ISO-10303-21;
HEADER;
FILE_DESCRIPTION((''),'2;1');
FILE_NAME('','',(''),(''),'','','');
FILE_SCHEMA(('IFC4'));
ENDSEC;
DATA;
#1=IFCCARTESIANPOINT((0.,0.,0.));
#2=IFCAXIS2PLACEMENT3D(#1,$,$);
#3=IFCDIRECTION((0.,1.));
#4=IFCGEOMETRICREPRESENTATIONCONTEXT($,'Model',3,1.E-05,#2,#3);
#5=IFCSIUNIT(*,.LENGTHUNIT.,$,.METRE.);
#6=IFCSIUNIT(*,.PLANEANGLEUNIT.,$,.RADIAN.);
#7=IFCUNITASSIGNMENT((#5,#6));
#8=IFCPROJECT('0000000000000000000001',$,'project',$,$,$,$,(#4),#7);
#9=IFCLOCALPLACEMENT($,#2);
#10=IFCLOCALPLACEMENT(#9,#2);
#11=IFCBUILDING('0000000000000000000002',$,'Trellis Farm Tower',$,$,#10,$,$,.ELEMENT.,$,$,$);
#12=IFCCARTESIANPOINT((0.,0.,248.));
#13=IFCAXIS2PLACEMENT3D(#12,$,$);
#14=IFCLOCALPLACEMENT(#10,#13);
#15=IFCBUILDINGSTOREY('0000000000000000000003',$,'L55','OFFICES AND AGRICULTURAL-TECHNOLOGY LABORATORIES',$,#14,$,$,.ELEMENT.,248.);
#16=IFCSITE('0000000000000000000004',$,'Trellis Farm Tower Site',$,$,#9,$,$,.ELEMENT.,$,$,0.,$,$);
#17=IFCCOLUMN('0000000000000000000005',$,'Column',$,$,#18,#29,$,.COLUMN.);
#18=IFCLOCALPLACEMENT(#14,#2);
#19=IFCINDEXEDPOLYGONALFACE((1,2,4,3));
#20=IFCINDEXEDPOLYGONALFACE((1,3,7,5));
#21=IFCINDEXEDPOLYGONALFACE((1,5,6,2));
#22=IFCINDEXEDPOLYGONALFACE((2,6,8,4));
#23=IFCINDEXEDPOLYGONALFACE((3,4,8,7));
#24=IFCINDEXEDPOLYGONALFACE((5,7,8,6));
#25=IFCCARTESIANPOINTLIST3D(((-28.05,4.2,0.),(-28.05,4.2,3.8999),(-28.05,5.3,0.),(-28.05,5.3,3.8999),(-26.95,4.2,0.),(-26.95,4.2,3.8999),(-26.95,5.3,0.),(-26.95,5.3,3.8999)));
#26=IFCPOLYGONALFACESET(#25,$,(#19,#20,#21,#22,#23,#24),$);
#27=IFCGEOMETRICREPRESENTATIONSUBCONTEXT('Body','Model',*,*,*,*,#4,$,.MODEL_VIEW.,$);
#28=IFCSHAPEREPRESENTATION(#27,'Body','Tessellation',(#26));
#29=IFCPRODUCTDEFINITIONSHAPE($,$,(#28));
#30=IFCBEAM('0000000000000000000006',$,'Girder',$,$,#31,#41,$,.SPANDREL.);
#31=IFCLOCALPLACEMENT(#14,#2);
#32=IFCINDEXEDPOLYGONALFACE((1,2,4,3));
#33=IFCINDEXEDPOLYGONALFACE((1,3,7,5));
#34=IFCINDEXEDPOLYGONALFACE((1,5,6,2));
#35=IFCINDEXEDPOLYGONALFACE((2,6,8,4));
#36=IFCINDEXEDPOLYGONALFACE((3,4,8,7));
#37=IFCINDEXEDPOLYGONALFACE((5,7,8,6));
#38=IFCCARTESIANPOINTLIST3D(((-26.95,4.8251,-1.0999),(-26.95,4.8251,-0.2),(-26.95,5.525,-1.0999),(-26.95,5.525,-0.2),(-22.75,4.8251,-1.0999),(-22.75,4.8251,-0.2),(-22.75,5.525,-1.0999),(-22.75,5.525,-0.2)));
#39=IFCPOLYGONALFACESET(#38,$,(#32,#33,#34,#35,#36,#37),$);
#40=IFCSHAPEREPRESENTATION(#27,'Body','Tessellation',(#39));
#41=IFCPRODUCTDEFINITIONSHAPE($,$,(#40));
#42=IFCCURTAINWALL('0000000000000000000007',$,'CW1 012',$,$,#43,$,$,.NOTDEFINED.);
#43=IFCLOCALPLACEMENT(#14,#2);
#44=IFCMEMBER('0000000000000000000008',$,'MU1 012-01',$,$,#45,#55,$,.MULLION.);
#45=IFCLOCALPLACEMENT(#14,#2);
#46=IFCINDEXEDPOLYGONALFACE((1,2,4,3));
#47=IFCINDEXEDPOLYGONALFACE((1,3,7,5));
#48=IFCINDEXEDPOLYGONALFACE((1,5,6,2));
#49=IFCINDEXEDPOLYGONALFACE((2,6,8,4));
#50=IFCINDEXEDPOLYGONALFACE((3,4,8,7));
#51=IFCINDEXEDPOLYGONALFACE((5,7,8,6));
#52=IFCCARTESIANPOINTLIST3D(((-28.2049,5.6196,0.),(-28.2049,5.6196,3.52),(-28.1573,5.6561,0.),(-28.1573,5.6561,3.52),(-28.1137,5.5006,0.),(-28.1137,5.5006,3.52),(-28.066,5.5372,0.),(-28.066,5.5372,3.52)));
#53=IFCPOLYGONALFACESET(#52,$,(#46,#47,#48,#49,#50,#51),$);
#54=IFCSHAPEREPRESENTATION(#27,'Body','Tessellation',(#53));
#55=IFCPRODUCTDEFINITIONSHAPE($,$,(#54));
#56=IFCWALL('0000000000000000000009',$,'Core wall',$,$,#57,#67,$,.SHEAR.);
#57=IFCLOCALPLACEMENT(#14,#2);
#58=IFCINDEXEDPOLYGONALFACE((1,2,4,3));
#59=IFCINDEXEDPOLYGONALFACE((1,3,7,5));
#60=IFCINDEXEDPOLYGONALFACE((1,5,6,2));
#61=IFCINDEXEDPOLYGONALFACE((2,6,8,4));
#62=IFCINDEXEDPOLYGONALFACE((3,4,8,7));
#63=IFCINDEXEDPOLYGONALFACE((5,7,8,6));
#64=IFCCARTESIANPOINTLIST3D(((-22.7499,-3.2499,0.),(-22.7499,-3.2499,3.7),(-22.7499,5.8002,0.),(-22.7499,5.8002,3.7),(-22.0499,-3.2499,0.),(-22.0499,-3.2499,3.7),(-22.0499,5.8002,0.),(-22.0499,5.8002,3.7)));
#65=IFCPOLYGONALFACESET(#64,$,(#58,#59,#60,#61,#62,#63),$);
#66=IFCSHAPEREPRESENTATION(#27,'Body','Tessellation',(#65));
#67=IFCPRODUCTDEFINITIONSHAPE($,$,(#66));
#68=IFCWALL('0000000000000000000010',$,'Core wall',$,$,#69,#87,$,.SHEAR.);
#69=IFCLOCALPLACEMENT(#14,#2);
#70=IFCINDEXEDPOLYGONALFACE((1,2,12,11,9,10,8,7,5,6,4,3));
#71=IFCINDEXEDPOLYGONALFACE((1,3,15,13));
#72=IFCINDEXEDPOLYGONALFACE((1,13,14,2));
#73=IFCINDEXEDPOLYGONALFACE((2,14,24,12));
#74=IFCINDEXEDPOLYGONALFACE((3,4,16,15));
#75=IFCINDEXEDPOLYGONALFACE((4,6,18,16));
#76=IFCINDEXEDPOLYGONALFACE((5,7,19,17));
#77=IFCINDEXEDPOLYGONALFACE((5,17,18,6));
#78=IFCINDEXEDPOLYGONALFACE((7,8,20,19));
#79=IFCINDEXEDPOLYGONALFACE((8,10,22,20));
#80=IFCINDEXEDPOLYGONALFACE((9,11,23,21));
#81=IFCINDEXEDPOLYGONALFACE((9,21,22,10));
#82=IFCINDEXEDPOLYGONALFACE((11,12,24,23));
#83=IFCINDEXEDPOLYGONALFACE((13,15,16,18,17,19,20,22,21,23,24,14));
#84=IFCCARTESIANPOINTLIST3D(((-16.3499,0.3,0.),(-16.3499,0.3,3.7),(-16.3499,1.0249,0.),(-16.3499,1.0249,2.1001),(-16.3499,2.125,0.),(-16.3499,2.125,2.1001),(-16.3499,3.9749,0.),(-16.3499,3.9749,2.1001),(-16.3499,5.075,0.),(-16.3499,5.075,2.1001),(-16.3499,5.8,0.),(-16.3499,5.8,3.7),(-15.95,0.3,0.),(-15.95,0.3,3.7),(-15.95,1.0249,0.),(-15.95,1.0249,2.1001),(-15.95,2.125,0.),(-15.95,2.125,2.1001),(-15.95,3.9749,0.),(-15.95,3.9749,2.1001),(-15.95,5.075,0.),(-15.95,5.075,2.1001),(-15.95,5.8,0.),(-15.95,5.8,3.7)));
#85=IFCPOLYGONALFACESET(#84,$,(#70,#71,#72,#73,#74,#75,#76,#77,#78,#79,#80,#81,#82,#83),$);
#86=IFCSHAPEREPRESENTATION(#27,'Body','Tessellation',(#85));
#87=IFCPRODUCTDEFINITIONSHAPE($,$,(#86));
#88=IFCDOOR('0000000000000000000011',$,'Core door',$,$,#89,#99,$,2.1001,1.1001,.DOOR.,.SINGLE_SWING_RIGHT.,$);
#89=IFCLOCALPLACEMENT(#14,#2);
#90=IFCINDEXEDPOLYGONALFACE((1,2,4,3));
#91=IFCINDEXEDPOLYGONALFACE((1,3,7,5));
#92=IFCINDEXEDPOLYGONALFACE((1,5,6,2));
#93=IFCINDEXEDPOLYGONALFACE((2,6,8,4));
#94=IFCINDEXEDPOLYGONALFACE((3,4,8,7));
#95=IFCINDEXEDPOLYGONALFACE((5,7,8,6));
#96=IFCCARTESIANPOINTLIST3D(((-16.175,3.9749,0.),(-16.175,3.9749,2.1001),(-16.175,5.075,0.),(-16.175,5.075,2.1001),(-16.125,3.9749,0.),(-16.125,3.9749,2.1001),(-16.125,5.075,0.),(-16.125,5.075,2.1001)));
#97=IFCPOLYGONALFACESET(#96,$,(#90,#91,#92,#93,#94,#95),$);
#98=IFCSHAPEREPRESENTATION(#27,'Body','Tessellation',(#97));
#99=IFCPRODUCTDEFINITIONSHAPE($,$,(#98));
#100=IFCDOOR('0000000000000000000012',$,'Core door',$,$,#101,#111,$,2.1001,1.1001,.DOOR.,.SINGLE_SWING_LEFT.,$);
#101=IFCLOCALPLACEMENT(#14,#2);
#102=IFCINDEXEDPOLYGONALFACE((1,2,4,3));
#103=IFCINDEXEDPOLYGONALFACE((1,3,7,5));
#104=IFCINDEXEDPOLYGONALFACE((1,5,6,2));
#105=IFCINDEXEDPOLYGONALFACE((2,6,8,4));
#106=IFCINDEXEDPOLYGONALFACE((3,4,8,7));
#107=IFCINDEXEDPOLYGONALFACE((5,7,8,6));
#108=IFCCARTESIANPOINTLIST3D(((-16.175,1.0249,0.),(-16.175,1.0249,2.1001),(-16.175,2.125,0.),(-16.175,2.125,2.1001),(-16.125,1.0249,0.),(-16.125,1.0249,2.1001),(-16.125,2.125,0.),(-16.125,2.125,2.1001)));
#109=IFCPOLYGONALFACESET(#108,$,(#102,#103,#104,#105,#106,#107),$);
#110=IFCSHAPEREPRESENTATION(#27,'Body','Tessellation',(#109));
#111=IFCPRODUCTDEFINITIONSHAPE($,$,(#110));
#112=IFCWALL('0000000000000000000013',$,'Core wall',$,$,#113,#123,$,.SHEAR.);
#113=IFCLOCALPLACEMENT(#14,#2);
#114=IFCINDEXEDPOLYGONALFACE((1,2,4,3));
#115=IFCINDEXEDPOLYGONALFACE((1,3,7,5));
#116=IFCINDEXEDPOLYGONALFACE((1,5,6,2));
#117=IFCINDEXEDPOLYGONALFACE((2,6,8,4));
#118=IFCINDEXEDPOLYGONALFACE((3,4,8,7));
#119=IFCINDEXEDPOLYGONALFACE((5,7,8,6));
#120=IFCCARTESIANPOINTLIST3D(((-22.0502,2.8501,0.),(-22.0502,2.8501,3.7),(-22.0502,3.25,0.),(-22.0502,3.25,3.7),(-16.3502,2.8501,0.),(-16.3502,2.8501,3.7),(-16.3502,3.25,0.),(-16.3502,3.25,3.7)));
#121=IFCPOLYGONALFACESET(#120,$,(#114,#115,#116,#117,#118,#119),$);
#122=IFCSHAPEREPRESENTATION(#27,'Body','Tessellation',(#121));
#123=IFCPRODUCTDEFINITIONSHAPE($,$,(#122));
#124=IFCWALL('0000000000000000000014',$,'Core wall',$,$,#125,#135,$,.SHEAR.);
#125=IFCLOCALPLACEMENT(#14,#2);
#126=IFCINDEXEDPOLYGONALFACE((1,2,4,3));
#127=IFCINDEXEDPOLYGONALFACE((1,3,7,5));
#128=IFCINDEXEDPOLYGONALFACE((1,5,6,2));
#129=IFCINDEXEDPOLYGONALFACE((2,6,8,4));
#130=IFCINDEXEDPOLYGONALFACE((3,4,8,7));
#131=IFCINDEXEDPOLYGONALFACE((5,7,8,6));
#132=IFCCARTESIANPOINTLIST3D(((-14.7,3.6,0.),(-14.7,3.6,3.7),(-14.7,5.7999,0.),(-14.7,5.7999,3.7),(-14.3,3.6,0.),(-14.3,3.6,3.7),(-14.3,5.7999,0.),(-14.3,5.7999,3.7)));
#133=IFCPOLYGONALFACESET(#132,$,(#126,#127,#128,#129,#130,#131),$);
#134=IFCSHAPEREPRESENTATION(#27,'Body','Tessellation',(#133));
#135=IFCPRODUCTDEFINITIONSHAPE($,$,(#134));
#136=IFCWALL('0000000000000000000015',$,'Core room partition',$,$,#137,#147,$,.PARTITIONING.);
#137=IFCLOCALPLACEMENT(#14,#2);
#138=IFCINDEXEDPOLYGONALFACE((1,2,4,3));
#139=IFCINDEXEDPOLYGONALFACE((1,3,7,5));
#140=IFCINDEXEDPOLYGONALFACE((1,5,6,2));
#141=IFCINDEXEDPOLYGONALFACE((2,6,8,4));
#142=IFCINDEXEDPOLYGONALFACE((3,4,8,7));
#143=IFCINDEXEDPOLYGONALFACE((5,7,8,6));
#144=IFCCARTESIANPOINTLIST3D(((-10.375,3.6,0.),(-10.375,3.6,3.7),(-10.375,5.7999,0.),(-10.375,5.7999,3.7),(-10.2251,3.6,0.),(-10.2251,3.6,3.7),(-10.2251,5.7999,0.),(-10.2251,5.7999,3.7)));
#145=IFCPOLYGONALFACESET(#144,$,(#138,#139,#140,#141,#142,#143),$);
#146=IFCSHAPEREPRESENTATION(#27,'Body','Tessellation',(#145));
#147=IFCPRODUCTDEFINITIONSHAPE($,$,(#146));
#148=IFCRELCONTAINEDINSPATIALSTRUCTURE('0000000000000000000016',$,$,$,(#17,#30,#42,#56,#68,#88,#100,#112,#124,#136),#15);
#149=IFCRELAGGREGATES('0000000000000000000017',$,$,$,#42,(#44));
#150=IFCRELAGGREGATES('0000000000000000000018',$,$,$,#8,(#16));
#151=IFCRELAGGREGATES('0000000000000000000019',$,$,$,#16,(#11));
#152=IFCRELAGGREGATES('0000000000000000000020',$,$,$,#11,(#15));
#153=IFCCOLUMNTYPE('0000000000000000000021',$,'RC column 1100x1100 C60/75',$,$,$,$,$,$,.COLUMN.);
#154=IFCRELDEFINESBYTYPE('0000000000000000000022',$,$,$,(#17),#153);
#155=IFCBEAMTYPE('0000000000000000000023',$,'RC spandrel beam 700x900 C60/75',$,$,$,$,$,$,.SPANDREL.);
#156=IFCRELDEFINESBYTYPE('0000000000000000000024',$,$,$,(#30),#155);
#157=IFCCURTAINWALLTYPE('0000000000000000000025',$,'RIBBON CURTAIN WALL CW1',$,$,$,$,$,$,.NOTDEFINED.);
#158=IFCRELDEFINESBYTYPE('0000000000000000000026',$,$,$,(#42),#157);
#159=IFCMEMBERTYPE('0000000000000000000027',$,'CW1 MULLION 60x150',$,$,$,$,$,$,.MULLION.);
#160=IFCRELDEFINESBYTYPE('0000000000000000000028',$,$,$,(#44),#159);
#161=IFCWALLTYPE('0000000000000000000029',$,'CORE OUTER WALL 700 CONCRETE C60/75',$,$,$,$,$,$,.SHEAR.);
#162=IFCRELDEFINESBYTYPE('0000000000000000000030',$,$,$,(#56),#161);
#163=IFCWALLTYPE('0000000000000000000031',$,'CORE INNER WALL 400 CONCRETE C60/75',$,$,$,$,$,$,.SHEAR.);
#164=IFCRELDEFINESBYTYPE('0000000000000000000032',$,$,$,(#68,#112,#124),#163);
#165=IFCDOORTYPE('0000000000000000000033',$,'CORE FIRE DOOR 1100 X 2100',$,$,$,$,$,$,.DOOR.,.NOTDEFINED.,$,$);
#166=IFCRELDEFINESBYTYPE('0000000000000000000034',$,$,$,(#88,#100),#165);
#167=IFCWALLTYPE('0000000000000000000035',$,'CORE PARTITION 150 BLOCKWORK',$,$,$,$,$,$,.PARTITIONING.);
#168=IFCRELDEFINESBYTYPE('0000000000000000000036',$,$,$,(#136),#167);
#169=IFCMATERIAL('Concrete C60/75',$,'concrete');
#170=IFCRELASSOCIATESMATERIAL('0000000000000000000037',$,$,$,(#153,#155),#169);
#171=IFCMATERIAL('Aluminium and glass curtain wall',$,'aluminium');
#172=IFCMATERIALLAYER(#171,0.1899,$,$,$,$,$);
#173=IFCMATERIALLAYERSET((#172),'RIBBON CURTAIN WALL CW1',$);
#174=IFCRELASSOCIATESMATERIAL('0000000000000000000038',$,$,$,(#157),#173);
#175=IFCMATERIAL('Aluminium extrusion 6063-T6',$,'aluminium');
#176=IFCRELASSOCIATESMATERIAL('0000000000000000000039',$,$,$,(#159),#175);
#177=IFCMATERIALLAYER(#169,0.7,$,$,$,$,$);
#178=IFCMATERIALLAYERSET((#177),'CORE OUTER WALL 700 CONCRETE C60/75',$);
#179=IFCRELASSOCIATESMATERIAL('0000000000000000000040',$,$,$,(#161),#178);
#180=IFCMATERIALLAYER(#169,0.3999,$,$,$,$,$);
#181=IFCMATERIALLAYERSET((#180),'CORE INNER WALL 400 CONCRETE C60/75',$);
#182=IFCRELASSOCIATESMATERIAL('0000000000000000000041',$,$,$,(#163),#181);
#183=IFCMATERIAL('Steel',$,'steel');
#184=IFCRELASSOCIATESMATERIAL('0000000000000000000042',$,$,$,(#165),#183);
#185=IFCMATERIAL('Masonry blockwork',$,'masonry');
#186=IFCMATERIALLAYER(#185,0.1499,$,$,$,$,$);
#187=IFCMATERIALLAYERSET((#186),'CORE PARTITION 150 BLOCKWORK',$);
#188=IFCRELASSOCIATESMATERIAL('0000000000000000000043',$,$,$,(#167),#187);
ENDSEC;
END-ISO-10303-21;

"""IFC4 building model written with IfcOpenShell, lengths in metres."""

from ifc_helpers import new_model, si_unit, direction, frame, frame_2d, origin, origin_2d, place, context, subcontext, project, spatial, rectangle, extrude, source, transform, mapped, material, layer, layer_set, material_profile, profile_set, type_object, element, fill, aggregate, save


model = new_model("IFC4")

# Units and contexts
model_context = context("Model", 3, precision=1e-05, world=origin(), true_north=direction((0.0, 1.0)))
body_context = subcontext(model_context, "Body", "Model", "MODEL_VIEW")
ifc_project = project(units=[si_unit("LENGTHUNIT", "METRE"), si_unit("PLANEANGLEUNIT", "RADIAN")], contexts=[model_context])

# Site, building, storey
site_placement = place(None, origin())
site = spatial("IfcSite", under=ifc_project, at=site_placement, Name="Trellis Farm Tower Site", CompositionType="ELEMENT", RefElevation=0.0)
building_placement = place(site_placement, origin())
building = spatial("IfcBuilding", under=site, at=building_placement, Name="Trellis Farm Tower", CompositionType="ELEMENT")
storey_placement = place(building_placement, frame((0.0, 0.0, 248.0)))
storey = spatial("IfcBuildingStorey", under=building, at=storey_placement, Name="L55", Description="OFFICES AND AGRICULTURAL-TECHNOLOGY LABORATORIES", CompositionType="ELEMENT", Elevation=248.0)

# Column
ifc_material_1 = material(Name="Concrete C60/75", Category="concrete")
ifc_material_profile_1 = material_profile(ifc_material_1, rectangle(XDim=1.1001, YDim=1.1001, at=origin_2d()), Name="RC column 1100x1100 C60/75")
ifc_profile_set_1 = profile_set([ifc_material_profile_1], Name="Concrete C60/75")
column_type = type_object("IfcColumnType", Name="RC column 1100x1100 C60/75", PredefinedType="COLUMN", material=ifc_profile_set_1)
shared_shape_1 = source(origin(), body_context, "Body", "SweptSolid", [
    extrude(rectangle(XDim=1.1001, YDim=1.1001, at=origin_2d()), origin(), (0.0, 0.0, 1.0), 3.8999),
])
column_placement = place(storey_placement, frame((-27.5, 4.75, 0.0), z_axis=(0.0, 0.0, 1.0), x_axis=(1.0, 0.0, 0.0)))
element("IfcColumn", 1, at=column_placement, inside=storey, type_object=column_type, Name="Column", PredefinedType="COLUMN", context=body_context, shape_type="MappedRepresentation", body=[
    mapped(shared_shape_1, transform((0.0, 0.0, 0.0))),
])

# Beam
ifc_material_profile_2 = material_profile(ifc_material_1, rectangle(XDim=0.7, YDim=0.8999, at=origin_2d()), Name="RC spandrel beam 700x900 C60/75")
ifc_profile_set_2 = profile_set([ifc_material_profile_2], Name="Concrete C60/75")
beam_type = type_object("IfcBeamType", Name="RC spandrel beam 700x900 C60/75", PredefinedType="SPANDREL", material=ifc_profile_set_2)
shared_shape_2 = source(origin(), body_context, "Body", "SweptSolid", [
    extrude(rectangle(XDim=0.7, YDim=0.8999, at=origin_2d()), origin(), (0.0, 0.0, 1.0), 4.2),
])
beam_placement = place(storey_placement, frame((-26.95, 5.175, -0.6499), z_axis=(1.0, 0.0, 0.0), x_axis=(0.0, 1.0, 0.0)))
element("IfcBeam", 2, at=beam_placement, inside=storey, type_object=beam_type, Name="Girder", PredefinedType="SPANDREL", context=body_context, shape_type="MappedRepresentation", body=[
    mapped(shared_shape_2, transform((0.0, 0.0, 0.0))),
])

# Curtain wall, member
ifc_material_2 = material(Name="Aluminium and glass curtain wall", Category="aluminium")
ifc_layer_1 = layer(ifc_material_2, 0.1899)
ifc_layer_set_1 = layer_set([ifc_layer_1], Name="RIBBON CURTAIN WALL CW1")
curtain_wall_type = type_object("IfcCurtainWallType", Name="RIBBON CURTAIN WALL CW1", PredefinedType="NOTDEFINED", material=ifc_layer_set_1)
placement = place(storey_placement, origin())
curtain_wall = element("IfcCurtainWall", 3, at=placement, inside=storey, type_object=curtain_wall_type, Name="CW1 012", PredefinedType="NOTDEFINED")
ifc_material_3 = material(Name="Aluminium extrusion 6063-T6", Category="aluminium")
ifc_material_profile_3 = material_profile(ifc_material_3, rectangle(XDim=0.0601, YDim=0.1499, at=origin_2d()), Name="MULLION 60x150")
ifc_profile_set_3 = profile_set([ifc_material_profile_3], Name="Aluminium extrusion 6063-T6")
member_type = type_object("IfcMemberType", Name="CW1 MULLION 60x150", PredefinedType="MULLION", material=ifc_profile_set_3)
shared_shape_3 = source(origin(), body_context, "Body", "SweptSolid", [
    extrude(rectangle(XDim=0.0601, YDim=0.1499, at=origin_2d()), origin(), (0.0, 0.0, 1.0), 3.52),
])
member_placement = place(storey_placement, frame((-28.1355, 5.5784, 0.0), z_axis=(0.0, 0.0, 1.0), x_axis=(-0.793353, -0.608761, 0.0)))
member = element("IfcMember", 4, at=member_placement, type_object=member_type, Name="MU1 012-01", PredefinedType="MULLION", context=body_context, shape_type="MappedRepresentation", body=[
    mapped(shared_shape_3, transform((0.0, 0.0, 0.0))),
])
aggregate(curtain_wall, [member])

# Wall
ifc_layer_2 = layer(ifc_material_1, 0.7)
ifc_layer_set_2 = layer_set([ifc_layer_2], Name="CORE OUTER WALL 700 CONCRETE C60/75")
wall_type_1 = type_object("IfcWallType", Name="CORE OUTER WALL 700 CONCRETE C60/75", PredefinedType="SHEAR", material=ifc_layer_set_2)
shared_shape_4 = source(origin(), body_context, "Body", "SweptSolid", [
    extrude(rectangle(XDim=9.05, YDim=0.7, at=frame_2d((4.5249, 0.0))), origin(), (0.0, 0.0, 1.0), 3.7),
])
wall_1_placement = place(storey_placement, frame((-22.3999, 5.8, 0.0), z_axis=(0.0, 0.0, 1.0), x_axis=(0.0, -1.0, 0.0)))
element("IfcWall", 5, at=wall_1_placement, inside=storey, type_object=wall_type_1, Name="Core wall", PredefinedType="SHEAR", context=body_context, shape_type="MappedRepresentation", body=[
    mapped(shared_shape_4, transform((0.0, 0.0, 0.0))),
])

# Wall, openings, doors
ifc_layer_3 = layer(ifc_material_1, 0.3999)
ifc_layer_set_3 = layer_set([ifc_layer_3], Name="CORE INNER WALL 400 CONCRETE C60/75")
wall_type_2 = type_object("IfcWallType", Name="CORE INNER WALL 400 CONCRETE C60/75", PredefinedType="SHEAR", material=ifc_layer_set_3)
shared_shape_5 = source(origin(), body_context, "Body", "SweptSolid", [
    extrude(rectangle(XDim=5.5, YDim=0.3999, at=frame_2d((2.75, 0.0))), origin(), (0.0, 0.0, 1.0), 3.7),
])
wall_2_placement = place(storey_placement, frame((-16.1499, 5.8, 0.0), z_axis=(0.0, 0.0, 1.0), x_axis=(0.0, -1.0, 0.0)))
wall_2 = element("IfcWall", 6, at=wall_2_placement, inside=storey, type_object=wall_type_2, Name="Core wall", PredefinedType="SHEAR", context=body_context, shape_type="MappedRepresentation", body=[
    mapped(shared_shape_5, transform((0.0, 0.0, 0.0))),
])
shared_shape_6 = source(origin(), body_context, "Body", "SweptSolid", [
    extrude(rectangle(XDim=1.1001, YDim=2.1001, at=frame_2d((0.55, 1.05))), frame((0.0, 0.21, 0.0), z_axis=(0.0, -1.0, 0.0), x_axis=(1.0, 0.0, 0.0)), (0.0, 0.0, 1.0), 0.4199),
])
opening_1_placement = place(wall_2_placement, frame((0.7251, 0.0, 0.0)))
opening_1 = element("IfcOpeningElement", 7, at=opening_1_placement, cuts=wall_2, PredefinedType="OPENING", context=body_context, shape_type="MappedRepresentation", body=[
    mapped(shared_shape_6, transform((0.0, 0.0, 0.0))),
])
opening_2_placement = place(wall_2_placement, frame((3.675, 0.0, 0.0)))
opening_2 = element("IfcOpeningElement", 8, at=opening_2_placement, cuts=wall_2, PredefinedType="OPENING", context=body_context, shape_type="MappedRepresentation", body=[
    mapped(shared_shape_6, transform((0.0, 0.0, 0.0))),
])
ifc_material_4 = material(Name="Steel", Category="steel")
door_type = type_object("IfcDoorType", Name="CORE FIRE DOOR 1100 X 2100", OperationType="NOTDEFINED", PredefinedType="DOOR", material=ifc_material_4)
shared_shape_7 = source(origin(), body_context, "Body", "SweptSolid", [
    extrude(rectangle(XDim=1.1001, YDim=2.1001, at=frame_2d((0.55, 1.05))), frame((0.0, 0.0249, 0.0), z_axis=(0.0, -1.0, 0.0), x_axis=(1.0, 0.0, 0.0)), (0.0, 0.0, 1.0), 0.05),
])
door_1_placement = place(opening_1_placement, origin())
door_1 = element("IfcDoor", 9, at=door_1_placement, inside=storey, type_object=door_type, Name="Core door", OperationType="SINGLE_SWING_RIGHT", OverallHeight=2.1001, OverallWidth=1.1001, PredefinedType="DOOR", context=body_context, shape_type="MappedRepresentation", body=[
    mapped(shared_shape_7, transform((0.0, 0.0, 0.0))),
])
fill(opening_1, door_1)
door_2_placement = place(opening_2_placement, origin())
door_2 = element("IfcDoor", 10, at=door_2_placement, inside=storey, type_object=door_type, Name="Core door", OperationType="SINGLE_SWING_LEFT", OverallHeight=2.1001, OverallWidth=1.1001, PredefinedType="DOOR", context=body_context, shape_type="MappedRepresentation", body=[
    mapped(shared_shape_7, transform((0.0, 0.0, 0.0))),
])
fill(opening_2, door_2)

# Walls
shared_shape_8 = source(origin(), body_context, "Body", "SweptSolid", [
    extrude(rectangle(XDim=5.7, YDim=0.3999, at=frame_2d((2.8501, 0.0))), origin(), (0.0, 0.0, 1.0), 3.7),
])
wall_3_placement = place(storey_placement, frame((-16.3501, 3.05, 0.0), z_axis=(0.0, 0.0, 1.0), x_axis=(-1.0, 0.0, 0.0)))
element("IfcWall", 11, at=wall_3_placement, inside=storey, type_object=wall_type_2, Name="Core wall", PredefinedType="SHEAR", context=body_context, shape_type="MappedRepresentation", body=[
    mapped(shared_shape_8, transform((0.0, 0.0, 0.0))),
])
shared_shape_9 = source(origin(), body_context, "Body", "SweptSolid", [
    extrude(rectangle(XDim=2.2, YDim=0.3999, at=frame_2d((1.1001, 0.0))), origin(), (0.0, 0.0, 1.0), 3.7),
])
wall_4_placement = place(storey_placement, frame((-14.5, 5.8, 0.0), z_axis=(0.0, 0.0, 1.0), x_axis=(0.0, -1.0, 0.0)))
element("IfcWall", 12, at=wall_4_placement, inside=storey, type_object=wall_type_2, Name="Core wall", PredefinedType="SHEAR", context=body_context, shape_type="MappedRepresentation", body=[
    mapped(shared_shape_9, transform((0.0, 0.0, 0.0))),
])
ifc_material_5 = material(Name="Masonry blockwork", Category="masonry")
ifc_layer_4 = layer(ifc_material_5, 0.1499)
ifc_layer_set_4 = layer_set([ifc_layer_4], Name="CORE PARTITION 150 BLOCKWORK")
wall_type_3 = type_object("IfcWallType", Name="CORE PARTITION 150 BLOCKWORK", PredefinedType="PARTITIONING", material=ifc_layer_set_4)
shared_shape_10 = source(origin(), body_context, "Body", "SweptSolid", [
    extrude(rectangle(XDim=2.2, YDim=0.1499, at=frame_2d((1.1001, 0.0))), origin(), (0.0, 0.0, 1.0), 3.7),
])
wall_5_placement = place(storey_placement, frame((-10.3, 5.8, 0.0), z_axis=(0.0, 0.0, 1.0), x_axis=(0.0, -1.0, 0.0)))
element("IfcWall", 13, at=wall_5_placement, inside=storey, type_object=wall_type_3, Name="Core room partition", PredefinedType="PARTITIONING", context=body_context, shape_type="MappedRepresentation", body=[
    mapped(shared_shape_10, transform((0.0, 0.0, 0.0))),
])

save(model, "model.ifc")
